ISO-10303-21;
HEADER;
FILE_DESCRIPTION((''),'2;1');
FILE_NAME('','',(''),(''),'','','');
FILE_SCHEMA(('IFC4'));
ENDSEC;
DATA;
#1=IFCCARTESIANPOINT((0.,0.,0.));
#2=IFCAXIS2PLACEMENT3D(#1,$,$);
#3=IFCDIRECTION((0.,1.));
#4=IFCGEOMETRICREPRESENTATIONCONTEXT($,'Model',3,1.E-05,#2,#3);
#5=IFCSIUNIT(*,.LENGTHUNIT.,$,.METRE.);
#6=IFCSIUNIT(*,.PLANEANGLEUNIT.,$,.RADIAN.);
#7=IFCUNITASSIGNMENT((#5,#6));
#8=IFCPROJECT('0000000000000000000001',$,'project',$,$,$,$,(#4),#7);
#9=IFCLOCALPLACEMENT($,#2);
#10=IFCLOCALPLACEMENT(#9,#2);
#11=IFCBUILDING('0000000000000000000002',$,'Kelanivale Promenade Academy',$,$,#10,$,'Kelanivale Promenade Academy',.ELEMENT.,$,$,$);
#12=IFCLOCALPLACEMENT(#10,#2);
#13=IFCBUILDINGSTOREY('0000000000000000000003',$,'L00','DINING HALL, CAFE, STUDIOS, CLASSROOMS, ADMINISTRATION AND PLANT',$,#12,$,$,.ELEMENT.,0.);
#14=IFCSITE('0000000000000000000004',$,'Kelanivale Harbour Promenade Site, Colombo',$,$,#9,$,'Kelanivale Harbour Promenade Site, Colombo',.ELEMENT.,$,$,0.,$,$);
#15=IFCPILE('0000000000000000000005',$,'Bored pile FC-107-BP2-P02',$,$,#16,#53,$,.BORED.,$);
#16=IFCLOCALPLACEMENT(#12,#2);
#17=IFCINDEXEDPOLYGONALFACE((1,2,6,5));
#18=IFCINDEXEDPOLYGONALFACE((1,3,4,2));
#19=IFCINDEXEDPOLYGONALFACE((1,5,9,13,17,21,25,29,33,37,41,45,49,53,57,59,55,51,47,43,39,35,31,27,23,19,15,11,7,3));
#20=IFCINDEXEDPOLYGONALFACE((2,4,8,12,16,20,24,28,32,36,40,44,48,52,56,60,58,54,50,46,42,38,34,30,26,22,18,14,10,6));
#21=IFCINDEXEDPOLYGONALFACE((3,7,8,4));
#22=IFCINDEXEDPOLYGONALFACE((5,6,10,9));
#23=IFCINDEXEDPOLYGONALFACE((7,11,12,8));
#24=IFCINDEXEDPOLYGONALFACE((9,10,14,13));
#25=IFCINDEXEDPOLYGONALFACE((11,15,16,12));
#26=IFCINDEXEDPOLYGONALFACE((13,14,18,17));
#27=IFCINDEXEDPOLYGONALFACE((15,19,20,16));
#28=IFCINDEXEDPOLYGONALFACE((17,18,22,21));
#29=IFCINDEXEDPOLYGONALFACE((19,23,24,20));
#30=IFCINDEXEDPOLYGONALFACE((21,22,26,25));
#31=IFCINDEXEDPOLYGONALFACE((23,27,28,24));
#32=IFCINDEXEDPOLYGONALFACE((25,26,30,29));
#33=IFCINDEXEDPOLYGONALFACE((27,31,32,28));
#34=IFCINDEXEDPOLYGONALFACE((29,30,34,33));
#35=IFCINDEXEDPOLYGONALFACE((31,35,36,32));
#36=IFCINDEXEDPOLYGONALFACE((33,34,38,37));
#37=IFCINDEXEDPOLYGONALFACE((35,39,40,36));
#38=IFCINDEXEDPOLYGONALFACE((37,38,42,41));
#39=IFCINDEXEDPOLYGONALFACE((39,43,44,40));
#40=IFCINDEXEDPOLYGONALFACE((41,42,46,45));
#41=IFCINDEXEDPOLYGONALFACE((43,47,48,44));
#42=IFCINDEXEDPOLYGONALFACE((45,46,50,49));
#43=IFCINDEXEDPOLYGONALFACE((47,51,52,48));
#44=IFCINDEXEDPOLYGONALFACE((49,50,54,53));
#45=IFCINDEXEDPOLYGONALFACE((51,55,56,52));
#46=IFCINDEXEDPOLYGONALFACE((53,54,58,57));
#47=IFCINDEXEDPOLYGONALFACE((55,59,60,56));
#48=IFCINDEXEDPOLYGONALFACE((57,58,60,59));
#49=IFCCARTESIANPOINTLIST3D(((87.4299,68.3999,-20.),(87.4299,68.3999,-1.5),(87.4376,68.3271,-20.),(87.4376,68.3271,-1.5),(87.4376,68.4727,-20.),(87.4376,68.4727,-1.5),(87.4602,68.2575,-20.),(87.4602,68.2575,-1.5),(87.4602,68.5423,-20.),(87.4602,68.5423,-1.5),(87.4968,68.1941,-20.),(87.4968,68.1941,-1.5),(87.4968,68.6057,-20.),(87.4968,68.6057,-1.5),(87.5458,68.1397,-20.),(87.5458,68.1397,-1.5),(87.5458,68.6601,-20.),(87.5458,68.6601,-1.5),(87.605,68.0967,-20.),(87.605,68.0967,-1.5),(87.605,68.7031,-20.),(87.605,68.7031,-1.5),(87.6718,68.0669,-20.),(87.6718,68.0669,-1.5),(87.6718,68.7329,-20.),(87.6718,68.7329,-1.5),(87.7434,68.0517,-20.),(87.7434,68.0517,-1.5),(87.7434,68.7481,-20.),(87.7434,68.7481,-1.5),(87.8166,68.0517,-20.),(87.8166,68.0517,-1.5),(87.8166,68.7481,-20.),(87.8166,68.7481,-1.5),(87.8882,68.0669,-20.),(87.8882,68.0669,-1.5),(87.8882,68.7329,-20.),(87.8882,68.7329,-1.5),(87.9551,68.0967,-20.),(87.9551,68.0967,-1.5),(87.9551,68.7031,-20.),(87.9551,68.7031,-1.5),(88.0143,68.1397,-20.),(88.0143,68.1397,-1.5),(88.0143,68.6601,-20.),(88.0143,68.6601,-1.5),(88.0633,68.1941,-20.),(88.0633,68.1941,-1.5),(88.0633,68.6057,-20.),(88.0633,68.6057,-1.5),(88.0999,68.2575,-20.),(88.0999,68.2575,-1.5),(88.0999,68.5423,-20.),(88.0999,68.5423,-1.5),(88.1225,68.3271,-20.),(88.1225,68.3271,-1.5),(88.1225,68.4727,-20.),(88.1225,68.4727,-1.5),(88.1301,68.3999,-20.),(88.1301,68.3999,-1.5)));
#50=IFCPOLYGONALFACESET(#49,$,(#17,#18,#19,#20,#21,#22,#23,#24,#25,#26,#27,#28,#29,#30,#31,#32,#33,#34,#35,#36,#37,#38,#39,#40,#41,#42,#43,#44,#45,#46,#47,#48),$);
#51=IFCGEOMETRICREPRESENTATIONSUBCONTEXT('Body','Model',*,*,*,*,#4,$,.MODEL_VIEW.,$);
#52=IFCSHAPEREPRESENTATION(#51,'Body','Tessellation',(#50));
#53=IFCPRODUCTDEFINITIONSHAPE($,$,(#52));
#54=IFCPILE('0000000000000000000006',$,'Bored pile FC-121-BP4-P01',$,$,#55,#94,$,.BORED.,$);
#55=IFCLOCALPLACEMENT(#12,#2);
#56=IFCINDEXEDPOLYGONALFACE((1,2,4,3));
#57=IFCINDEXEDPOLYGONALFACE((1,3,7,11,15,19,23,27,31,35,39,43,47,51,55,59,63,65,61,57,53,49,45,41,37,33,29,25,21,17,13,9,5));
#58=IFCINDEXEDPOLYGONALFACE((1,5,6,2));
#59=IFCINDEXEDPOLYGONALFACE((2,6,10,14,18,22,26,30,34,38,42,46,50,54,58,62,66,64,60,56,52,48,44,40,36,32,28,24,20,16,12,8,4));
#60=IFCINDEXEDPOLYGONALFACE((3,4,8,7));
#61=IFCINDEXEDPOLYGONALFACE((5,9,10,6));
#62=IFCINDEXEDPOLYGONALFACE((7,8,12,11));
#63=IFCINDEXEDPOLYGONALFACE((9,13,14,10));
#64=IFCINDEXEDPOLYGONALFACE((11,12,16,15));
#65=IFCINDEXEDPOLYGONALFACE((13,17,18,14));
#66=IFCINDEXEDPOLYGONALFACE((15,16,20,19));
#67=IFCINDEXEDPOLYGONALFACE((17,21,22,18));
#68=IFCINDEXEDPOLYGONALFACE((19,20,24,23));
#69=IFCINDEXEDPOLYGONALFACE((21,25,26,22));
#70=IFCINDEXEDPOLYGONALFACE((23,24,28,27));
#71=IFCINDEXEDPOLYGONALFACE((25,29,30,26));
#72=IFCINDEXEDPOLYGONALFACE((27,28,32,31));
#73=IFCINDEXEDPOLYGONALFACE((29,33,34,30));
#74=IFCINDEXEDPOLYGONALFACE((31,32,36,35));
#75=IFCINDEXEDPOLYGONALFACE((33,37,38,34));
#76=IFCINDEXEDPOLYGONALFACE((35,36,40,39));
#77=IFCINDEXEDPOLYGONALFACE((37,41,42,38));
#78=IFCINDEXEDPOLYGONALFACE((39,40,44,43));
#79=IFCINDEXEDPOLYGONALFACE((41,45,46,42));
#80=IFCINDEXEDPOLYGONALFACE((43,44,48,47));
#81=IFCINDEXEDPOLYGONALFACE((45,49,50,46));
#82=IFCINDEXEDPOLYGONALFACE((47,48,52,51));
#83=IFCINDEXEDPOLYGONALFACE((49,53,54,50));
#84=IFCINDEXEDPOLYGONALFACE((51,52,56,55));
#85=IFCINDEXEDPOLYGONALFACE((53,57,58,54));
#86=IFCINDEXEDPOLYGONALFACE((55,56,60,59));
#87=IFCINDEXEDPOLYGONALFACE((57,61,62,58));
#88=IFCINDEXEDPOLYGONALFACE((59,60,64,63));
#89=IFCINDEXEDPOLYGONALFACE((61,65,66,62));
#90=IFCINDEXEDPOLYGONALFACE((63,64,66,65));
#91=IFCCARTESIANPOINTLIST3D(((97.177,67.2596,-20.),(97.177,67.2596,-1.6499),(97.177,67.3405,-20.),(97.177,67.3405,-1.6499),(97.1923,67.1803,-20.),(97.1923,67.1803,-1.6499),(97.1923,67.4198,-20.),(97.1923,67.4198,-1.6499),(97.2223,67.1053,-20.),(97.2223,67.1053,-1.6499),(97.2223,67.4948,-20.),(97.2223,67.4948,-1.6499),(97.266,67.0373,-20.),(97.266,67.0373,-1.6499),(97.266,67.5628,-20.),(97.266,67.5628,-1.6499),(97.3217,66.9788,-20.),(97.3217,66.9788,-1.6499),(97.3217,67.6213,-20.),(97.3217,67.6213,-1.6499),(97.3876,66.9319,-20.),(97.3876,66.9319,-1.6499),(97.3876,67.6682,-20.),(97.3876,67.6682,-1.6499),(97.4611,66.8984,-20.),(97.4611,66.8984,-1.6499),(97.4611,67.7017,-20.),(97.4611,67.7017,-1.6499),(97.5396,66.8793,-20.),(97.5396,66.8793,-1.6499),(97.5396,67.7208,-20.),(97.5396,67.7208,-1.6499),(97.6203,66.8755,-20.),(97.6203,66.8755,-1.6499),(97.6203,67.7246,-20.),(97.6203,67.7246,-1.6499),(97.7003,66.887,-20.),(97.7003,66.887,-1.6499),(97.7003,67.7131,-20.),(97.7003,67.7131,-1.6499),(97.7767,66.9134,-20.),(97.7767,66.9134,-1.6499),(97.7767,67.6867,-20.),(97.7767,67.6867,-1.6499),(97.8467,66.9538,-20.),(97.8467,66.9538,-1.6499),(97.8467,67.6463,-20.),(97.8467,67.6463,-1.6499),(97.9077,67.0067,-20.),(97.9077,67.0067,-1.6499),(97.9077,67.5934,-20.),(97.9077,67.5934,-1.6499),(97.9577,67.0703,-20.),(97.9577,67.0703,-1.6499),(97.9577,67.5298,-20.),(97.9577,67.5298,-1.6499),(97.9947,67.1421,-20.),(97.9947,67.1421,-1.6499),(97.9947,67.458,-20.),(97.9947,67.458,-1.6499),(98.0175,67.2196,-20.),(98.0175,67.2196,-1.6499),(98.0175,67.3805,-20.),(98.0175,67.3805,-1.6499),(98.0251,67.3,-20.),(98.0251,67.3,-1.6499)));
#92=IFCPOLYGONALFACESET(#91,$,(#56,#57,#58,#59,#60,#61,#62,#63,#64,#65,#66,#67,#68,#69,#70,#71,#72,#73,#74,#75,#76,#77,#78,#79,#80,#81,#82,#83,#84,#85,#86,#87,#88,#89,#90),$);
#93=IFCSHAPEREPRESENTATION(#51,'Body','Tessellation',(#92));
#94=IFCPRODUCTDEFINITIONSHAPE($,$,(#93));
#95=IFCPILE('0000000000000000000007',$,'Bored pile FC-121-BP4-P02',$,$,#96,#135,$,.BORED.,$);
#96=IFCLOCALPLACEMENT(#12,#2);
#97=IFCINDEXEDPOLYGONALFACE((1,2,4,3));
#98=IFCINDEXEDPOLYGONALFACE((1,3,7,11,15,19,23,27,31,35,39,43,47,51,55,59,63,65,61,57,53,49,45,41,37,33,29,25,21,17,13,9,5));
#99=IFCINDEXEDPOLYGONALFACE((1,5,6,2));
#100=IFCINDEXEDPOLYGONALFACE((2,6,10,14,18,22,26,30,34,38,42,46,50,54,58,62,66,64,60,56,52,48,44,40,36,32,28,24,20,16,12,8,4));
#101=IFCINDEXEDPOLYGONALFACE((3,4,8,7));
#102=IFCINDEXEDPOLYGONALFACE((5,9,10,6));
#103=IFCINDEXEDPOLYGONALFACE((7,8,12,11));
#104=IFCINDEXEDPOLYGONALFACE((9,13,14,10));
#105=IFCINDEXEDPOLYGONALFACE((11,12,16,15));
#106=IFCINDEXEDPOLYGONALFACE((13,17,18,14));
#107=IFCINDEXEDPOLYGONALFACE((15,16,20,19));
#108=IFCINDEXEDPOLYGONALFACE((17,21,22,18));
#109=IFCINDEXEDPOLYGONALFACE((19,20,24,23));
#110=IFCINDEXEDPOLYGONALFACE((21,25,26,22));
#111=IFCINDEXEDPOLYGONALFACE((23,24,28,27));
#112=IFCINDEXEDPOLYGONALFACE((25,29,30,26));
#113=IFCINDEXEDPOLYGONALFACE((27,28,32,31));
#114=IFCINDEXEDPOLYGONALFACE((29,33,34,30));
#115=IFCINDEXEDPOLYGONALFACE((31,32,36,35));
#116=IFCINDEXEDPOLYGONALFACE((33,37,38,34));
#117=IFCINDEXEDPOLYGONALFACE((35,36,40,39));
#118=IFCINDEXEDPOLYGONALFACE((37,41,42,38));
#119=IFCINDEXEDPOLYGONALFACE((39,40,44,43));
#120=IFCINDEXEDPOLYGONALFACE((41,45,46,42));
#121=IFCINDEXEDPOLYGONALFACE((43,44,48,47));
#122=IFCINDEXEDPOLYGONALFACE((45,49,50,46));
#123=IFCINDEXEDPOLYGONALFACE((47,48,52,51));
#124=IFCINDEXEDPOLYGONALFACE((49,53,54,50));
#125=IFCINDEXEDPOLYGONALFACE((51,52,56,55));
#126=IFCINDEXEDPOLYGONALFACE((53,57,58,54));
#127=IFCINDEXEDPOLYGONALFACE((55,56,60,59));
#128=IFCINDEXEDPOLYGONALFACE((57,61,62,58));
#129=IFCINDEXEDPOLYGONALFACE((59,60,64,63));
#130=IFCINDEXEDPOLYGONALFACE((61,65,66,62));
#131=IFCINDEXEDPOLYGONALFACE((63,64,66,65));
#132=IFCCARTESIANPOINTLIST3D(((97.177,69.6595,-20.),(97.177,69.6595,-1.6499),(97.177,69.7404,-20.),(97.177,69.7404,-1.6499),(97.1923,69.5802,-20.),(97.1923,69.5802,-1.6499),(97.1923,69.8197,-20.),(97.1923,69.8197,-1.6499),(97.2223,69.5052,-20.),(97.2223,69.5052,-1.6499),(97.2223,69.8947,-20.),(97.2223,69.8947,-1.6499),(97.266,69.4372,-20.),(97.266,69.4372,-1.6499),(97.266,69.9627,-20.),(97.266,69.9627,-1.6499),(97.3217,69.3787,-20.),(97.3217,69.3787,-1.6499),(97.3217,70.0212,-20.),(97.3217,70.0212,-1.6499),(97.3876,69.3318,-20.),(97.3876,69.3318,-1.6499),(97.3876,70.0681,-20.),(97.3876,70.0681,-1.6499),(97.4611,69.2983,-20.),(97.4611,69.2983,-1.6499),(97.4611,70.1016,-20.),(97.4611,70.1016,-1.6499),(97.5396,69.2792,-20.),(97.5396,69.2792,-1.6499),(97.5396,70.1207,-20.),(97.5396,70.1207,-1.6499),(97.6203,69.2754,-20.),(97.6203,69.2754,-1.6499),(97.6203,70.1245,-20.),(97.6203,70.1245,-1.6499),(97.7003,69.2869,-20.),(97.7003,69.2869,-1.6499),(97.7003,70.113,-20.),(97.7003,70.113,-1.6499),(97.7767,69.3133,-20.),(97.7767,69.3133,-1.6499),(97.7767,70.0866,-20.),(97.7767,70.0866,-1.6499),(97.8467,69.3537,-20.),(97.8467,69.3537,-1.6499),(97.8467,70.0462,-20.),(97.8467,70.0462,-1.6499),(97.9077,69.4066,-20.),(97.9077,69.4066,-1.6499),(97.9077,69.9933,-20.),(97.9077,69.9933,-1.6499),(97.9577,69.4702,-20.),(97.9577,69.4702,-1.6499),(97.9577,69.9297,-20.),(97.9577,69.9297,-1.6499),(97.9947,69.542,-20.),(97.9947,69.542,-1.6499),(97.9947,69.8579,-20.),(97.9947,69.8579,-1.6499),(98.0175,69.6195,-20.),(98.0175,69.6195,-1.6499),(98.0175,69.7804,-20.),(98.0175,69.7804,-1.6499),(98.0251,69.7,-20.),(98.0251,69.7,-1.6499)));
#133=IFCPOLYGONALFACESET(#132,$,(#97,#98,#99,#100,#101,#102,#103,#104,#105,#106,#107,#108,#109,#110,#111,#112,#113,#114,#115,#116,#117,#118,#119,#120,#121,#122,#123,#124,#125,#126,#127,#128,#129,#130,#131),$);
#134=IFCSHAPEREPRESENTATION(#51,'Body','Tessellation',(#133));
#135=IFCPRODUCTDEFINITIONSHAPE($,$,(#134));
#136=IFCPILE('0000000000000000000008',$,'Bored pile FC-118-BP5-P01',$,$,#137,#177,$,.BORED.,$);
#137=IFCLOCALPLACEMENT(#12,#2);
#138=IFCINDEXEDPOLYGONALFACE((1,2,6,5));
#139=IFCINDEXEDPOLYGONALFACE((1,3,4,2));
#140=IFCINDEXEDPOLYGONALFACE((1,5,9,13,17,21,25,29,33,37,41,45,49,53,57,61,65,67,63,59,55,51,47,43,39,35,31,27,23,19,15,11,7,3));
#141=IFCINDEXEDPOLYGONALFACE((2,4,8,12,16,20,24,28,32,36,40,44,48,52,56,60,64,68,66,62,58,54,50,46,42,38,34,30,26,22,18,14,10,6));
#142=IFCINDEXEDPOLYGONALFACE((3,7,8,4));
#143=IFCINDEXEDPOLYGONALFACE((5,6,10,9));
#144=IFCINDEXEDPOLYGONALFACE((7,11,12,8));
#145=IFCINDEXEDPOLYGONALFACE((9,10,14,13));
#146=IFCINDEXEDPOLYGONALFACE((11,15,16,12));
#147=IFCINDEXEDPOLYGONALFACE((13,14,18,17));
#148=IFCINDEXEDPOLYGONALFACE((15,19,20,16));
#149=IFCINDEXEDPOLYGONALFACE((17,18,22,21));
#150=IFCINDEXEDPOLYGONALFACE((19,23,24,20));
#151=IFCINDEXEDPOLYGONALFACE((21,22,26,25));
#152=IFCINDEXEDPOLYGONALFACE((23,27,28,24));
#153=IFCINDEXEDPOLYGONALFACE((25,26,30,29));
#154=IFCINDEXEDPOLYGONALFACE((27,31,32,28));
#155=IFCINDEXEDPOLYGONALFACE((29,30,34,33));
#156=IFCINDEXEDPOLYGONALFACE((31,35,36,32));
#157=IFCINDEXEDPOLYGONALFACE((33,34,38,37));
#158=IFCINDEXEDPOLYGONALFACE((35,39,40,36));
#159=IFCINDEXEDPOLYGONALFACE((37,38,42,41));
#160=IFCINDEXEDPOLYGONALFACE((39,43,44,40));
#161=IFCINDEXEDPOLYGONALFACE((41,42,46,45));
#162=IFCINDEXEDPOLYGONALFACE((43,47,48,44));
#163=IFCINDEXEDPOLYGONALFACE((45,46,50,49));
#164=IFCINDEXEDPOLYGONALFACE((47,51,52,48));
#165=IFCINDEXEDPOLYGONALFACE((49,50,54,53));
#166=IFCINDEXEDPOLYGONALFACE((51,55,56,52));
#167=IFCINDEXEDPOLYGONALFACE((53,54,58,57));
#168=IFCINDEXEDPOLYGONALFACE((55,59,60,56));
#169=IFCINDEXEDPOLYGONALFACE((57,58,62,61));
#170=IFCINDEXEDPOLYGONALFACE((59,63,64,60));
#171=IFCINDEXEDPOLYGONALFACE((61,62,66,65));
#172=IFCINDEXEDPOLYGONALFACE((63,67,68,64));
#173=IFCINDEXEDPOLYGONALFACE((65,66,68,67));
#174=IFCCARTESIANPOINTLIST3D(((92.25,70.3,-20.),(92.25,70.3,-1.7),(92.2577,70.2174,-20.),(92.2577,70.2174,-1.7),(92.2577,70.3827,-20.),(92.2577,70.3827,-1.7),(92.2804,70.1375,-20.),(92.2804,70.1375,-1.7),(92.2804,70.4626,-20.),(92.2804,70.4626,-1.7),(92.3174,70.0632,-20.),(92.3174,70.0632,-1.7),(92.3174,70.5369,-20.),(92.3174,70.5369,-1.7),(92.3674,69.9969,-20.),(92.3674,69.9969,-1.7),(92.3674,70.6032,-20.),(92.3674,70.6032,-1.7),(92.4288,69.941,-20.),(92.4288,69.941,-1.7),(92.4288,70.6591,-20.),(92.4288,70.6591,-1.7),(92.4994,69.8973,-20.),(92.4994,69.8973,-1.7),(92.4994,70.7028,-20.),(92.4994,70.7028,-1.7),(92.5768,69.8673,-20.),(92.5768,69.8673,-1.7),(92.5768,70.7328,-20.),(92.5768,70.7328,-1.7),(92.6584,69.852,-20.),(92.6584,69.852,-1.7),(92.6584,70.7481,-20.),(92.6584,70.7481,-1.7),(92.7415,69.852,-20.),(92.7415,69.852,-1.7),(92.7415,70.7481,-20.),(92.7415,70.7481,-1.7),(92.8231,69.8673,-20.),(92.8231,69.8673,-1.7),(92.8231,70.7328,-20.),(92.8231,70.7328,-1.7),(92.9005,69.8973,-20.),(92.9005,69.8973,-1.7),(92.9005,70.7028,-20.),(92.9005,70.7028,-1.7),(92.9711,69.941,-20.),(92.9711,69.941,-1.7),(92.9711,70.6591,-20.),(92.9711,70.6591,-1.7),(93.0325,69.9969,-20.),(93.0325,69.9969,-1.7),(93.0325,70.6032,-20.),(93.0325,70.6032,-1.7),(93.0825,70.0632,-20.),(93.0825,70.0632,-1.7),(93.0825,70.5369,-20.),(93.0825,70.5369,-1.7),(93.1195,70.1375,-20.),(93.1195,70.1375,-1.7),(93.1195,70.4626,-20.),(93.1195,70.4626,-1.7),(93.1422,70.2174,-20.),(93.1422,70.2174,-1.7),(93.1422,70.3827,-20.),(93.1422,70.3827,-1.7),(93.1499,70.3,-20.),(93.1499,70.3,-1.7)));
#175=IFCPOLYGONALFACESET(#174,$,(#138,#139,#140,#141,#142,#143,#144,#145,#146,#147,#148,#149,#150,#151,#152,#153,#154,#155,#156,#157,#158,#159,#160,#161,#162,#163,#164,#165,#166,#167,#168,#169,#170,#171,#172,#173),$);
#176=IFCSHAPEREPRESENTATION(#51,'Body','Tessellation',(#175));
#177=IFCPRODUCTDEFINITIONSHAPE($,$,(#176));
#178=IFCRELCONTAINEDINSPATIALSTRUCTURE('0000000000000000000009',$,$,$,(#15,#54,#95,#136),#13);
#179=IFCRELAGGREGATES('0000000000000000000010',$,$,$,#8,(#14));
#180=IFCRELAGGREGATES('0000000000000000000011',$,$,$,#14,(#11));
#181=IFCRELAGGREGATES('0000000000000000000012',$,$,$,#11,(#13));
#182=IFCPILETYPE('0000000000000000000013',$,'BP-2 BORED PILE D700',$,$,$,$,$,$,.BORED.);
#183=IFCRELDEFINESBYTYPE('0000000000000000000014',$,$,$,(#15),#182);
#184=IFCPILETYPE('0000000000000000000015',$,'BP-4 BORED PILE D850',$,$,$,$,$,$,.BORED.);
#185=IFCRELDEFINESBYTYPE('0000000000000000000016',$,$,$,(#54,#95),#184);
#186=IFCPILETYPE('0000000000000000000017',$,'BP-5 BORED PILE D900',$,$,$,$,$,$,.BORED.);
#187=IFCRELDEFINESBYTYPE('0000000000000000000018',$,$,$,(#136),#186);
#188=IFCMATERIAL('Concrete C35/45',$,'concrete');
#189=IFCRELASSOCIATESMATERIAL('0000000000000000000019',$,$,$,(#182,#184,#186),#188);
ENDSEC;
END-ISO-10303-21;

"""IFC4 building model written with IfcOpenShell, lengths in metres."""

from ifc_helpers import new_model, si_unit, direction, frame, origin, origin_2d, place, context, subcontext, project, spatial, circle, extrude, material, material_profile, profile_set, type_object, element, save


model = new_model("IFC4")

# Units and contexts
model_context = context("Model", 3, precision=1e-05, world=origin(), true_north=direction((0.0, 1.0)))
body_context = subcontext(model_context, "Body", "Model", "MODEL_VIEW")
ifc_project = project(units=[si_unit("LENGTHUNIT", "METRE"), si_unit("PLANEANGLEUNIT", "RADIAN")], contexts=[model_context])

# Site, building, storey
site_placement = place(None, origin())
site = spatial("IfcSite", under=ifc_project, at=site_placement, Name="Kelanivale Harbour Promenade Site, Colombo", LongName="Kelanivale Harbour Promenade Site, Colombo", CompositionType="ELEMENT", RefElevation=0.0)
building_placement = place(site_placement, origin())
building = spatial("IfcBuilding", under=site, at=building_placement, Name="Kelanivale Promenade Academy", LongName="Kelanivale Promenade Academy", CompositionType="ELEMENT")
storey_placement = place(building_placement, origin())
storey = spatial("IfcBuildingStorey", under=building, at=storey_placement, Name="L00", Description="DINING HALL, CAFE, STUDIOS, CLASSROOMS, ADMINISTRATION AND PLANT", CompositionType="ELEMENT", Elevation=0.0)

# Piles
ifc_material_1 = material(Name="Concrete C35/45", Category="concrete")
ifc_material_profile_1 = material_profile(ifc_material_1, circle(Radius=0.3501, at=origin_2d()), Name="BORED PILE D700")
ifc_profile_set_1 = profile_set([ifc_material_profile_1], Name="Concrete C35/45")
pile_type_1 = type_object("IfcPileType", Name="BP-2 BORED PILE D700", PredefinedType="BORED", material=ifc_profile_set_1)
pile_placement = place(storey_placement, frame((87.78, 68.3999, -1.5), z_axis=(0.0, 0.0, -1.0), x_axis=(1.0, 0.0, 0.0)))
element("IfcPile", 1, at=pile_placement, inside=storey, type_object=pile_type_1, Name="Bored pile FC-107-BP2-P02", PredefinedType="BORED", context=body_context, shape_type="SweptSolid", body=[
    extrude(circle(Radius=0.3501, at=origin_2d()), origin(), (0.0, 0.0, 1.0), 18.5),
])
ifc_material_profile_2 = material_profile(ifc_material_1, circle(Radius=0.425, at=origin_2d()), Name="BORED PILE D850")
ifc_profile_set_2 = profile_set([ifc_material_profile_2], Name="Concrete C35/45")
pile_type_2 = type_object("IfcPileType", Name="BP-4 BORED PILE D850", PredefinedType="BORED", material=ifc_profile_set_2)
for number, where, z_axis, x_axis, name in (
    (2, (97.6001, 67.3, -1.6499), (0.0, 0.0, -1.0), (1.0, 0.0, 0.0), "Bored pile FC-121-BP4-P01"),
    (3, (97.6001, 69.7, -1.6499), (0.0, 0.0, -1.0), (1.0, 0.0, 0.0), "Bored pile FC-121-BP4-P02"),
):
    element("IfcPile", number, at=place(storey_placement, frame(where, z_axis=z_axis, x_axis=x_axis)), inside=storey, type_object=pile_type_2, Name=name, PredefinedType="BORED", context=body_context, shape_type="SweptSolid", body=[
        extrude(circle(Radius=0.425, at=origin_2d()), origin(), (0.0, 0.0, 1.0), 18.3501),
    ])
ifc_material_profile_3 = material_profile(ifc_material_1, circle(Radius=0.45, at=origin_2d()), Name="BORED PILE D900")
ifc_profile_set_3 = profile_set([ifc_material_profile_3], Name="Concrete C35/45")
pile_type_3 = type_object("IfcPileType", Name="BP-5 BORED PILE D900", PredefinedType="BORED", material=ifc_profile_set_3)
for number, where, z_axis, x_axis, name in (
    (4, (92.7, 70.3, -1.7), (0.0, 0.0, -1.0), (1.0, 0.0, 0.0), "Bored pile FC-118-BP5-P01"),
):
    element("IfcPile", number, at=place(storey_placement, frame(where, z_axis=z_axis, x_axis=x_axis)), inside=storey, type_object=pile_type_3, Name=name, PredefinedType="BORED", context=body_context, shape_type="SweptSolid", body=[
        extrude(circle(Radius=0.45, at=origin_2d()), origin(), (0.0, 0.0, 1.0), 18.3),
    ])

save(model, "model.ifc")
